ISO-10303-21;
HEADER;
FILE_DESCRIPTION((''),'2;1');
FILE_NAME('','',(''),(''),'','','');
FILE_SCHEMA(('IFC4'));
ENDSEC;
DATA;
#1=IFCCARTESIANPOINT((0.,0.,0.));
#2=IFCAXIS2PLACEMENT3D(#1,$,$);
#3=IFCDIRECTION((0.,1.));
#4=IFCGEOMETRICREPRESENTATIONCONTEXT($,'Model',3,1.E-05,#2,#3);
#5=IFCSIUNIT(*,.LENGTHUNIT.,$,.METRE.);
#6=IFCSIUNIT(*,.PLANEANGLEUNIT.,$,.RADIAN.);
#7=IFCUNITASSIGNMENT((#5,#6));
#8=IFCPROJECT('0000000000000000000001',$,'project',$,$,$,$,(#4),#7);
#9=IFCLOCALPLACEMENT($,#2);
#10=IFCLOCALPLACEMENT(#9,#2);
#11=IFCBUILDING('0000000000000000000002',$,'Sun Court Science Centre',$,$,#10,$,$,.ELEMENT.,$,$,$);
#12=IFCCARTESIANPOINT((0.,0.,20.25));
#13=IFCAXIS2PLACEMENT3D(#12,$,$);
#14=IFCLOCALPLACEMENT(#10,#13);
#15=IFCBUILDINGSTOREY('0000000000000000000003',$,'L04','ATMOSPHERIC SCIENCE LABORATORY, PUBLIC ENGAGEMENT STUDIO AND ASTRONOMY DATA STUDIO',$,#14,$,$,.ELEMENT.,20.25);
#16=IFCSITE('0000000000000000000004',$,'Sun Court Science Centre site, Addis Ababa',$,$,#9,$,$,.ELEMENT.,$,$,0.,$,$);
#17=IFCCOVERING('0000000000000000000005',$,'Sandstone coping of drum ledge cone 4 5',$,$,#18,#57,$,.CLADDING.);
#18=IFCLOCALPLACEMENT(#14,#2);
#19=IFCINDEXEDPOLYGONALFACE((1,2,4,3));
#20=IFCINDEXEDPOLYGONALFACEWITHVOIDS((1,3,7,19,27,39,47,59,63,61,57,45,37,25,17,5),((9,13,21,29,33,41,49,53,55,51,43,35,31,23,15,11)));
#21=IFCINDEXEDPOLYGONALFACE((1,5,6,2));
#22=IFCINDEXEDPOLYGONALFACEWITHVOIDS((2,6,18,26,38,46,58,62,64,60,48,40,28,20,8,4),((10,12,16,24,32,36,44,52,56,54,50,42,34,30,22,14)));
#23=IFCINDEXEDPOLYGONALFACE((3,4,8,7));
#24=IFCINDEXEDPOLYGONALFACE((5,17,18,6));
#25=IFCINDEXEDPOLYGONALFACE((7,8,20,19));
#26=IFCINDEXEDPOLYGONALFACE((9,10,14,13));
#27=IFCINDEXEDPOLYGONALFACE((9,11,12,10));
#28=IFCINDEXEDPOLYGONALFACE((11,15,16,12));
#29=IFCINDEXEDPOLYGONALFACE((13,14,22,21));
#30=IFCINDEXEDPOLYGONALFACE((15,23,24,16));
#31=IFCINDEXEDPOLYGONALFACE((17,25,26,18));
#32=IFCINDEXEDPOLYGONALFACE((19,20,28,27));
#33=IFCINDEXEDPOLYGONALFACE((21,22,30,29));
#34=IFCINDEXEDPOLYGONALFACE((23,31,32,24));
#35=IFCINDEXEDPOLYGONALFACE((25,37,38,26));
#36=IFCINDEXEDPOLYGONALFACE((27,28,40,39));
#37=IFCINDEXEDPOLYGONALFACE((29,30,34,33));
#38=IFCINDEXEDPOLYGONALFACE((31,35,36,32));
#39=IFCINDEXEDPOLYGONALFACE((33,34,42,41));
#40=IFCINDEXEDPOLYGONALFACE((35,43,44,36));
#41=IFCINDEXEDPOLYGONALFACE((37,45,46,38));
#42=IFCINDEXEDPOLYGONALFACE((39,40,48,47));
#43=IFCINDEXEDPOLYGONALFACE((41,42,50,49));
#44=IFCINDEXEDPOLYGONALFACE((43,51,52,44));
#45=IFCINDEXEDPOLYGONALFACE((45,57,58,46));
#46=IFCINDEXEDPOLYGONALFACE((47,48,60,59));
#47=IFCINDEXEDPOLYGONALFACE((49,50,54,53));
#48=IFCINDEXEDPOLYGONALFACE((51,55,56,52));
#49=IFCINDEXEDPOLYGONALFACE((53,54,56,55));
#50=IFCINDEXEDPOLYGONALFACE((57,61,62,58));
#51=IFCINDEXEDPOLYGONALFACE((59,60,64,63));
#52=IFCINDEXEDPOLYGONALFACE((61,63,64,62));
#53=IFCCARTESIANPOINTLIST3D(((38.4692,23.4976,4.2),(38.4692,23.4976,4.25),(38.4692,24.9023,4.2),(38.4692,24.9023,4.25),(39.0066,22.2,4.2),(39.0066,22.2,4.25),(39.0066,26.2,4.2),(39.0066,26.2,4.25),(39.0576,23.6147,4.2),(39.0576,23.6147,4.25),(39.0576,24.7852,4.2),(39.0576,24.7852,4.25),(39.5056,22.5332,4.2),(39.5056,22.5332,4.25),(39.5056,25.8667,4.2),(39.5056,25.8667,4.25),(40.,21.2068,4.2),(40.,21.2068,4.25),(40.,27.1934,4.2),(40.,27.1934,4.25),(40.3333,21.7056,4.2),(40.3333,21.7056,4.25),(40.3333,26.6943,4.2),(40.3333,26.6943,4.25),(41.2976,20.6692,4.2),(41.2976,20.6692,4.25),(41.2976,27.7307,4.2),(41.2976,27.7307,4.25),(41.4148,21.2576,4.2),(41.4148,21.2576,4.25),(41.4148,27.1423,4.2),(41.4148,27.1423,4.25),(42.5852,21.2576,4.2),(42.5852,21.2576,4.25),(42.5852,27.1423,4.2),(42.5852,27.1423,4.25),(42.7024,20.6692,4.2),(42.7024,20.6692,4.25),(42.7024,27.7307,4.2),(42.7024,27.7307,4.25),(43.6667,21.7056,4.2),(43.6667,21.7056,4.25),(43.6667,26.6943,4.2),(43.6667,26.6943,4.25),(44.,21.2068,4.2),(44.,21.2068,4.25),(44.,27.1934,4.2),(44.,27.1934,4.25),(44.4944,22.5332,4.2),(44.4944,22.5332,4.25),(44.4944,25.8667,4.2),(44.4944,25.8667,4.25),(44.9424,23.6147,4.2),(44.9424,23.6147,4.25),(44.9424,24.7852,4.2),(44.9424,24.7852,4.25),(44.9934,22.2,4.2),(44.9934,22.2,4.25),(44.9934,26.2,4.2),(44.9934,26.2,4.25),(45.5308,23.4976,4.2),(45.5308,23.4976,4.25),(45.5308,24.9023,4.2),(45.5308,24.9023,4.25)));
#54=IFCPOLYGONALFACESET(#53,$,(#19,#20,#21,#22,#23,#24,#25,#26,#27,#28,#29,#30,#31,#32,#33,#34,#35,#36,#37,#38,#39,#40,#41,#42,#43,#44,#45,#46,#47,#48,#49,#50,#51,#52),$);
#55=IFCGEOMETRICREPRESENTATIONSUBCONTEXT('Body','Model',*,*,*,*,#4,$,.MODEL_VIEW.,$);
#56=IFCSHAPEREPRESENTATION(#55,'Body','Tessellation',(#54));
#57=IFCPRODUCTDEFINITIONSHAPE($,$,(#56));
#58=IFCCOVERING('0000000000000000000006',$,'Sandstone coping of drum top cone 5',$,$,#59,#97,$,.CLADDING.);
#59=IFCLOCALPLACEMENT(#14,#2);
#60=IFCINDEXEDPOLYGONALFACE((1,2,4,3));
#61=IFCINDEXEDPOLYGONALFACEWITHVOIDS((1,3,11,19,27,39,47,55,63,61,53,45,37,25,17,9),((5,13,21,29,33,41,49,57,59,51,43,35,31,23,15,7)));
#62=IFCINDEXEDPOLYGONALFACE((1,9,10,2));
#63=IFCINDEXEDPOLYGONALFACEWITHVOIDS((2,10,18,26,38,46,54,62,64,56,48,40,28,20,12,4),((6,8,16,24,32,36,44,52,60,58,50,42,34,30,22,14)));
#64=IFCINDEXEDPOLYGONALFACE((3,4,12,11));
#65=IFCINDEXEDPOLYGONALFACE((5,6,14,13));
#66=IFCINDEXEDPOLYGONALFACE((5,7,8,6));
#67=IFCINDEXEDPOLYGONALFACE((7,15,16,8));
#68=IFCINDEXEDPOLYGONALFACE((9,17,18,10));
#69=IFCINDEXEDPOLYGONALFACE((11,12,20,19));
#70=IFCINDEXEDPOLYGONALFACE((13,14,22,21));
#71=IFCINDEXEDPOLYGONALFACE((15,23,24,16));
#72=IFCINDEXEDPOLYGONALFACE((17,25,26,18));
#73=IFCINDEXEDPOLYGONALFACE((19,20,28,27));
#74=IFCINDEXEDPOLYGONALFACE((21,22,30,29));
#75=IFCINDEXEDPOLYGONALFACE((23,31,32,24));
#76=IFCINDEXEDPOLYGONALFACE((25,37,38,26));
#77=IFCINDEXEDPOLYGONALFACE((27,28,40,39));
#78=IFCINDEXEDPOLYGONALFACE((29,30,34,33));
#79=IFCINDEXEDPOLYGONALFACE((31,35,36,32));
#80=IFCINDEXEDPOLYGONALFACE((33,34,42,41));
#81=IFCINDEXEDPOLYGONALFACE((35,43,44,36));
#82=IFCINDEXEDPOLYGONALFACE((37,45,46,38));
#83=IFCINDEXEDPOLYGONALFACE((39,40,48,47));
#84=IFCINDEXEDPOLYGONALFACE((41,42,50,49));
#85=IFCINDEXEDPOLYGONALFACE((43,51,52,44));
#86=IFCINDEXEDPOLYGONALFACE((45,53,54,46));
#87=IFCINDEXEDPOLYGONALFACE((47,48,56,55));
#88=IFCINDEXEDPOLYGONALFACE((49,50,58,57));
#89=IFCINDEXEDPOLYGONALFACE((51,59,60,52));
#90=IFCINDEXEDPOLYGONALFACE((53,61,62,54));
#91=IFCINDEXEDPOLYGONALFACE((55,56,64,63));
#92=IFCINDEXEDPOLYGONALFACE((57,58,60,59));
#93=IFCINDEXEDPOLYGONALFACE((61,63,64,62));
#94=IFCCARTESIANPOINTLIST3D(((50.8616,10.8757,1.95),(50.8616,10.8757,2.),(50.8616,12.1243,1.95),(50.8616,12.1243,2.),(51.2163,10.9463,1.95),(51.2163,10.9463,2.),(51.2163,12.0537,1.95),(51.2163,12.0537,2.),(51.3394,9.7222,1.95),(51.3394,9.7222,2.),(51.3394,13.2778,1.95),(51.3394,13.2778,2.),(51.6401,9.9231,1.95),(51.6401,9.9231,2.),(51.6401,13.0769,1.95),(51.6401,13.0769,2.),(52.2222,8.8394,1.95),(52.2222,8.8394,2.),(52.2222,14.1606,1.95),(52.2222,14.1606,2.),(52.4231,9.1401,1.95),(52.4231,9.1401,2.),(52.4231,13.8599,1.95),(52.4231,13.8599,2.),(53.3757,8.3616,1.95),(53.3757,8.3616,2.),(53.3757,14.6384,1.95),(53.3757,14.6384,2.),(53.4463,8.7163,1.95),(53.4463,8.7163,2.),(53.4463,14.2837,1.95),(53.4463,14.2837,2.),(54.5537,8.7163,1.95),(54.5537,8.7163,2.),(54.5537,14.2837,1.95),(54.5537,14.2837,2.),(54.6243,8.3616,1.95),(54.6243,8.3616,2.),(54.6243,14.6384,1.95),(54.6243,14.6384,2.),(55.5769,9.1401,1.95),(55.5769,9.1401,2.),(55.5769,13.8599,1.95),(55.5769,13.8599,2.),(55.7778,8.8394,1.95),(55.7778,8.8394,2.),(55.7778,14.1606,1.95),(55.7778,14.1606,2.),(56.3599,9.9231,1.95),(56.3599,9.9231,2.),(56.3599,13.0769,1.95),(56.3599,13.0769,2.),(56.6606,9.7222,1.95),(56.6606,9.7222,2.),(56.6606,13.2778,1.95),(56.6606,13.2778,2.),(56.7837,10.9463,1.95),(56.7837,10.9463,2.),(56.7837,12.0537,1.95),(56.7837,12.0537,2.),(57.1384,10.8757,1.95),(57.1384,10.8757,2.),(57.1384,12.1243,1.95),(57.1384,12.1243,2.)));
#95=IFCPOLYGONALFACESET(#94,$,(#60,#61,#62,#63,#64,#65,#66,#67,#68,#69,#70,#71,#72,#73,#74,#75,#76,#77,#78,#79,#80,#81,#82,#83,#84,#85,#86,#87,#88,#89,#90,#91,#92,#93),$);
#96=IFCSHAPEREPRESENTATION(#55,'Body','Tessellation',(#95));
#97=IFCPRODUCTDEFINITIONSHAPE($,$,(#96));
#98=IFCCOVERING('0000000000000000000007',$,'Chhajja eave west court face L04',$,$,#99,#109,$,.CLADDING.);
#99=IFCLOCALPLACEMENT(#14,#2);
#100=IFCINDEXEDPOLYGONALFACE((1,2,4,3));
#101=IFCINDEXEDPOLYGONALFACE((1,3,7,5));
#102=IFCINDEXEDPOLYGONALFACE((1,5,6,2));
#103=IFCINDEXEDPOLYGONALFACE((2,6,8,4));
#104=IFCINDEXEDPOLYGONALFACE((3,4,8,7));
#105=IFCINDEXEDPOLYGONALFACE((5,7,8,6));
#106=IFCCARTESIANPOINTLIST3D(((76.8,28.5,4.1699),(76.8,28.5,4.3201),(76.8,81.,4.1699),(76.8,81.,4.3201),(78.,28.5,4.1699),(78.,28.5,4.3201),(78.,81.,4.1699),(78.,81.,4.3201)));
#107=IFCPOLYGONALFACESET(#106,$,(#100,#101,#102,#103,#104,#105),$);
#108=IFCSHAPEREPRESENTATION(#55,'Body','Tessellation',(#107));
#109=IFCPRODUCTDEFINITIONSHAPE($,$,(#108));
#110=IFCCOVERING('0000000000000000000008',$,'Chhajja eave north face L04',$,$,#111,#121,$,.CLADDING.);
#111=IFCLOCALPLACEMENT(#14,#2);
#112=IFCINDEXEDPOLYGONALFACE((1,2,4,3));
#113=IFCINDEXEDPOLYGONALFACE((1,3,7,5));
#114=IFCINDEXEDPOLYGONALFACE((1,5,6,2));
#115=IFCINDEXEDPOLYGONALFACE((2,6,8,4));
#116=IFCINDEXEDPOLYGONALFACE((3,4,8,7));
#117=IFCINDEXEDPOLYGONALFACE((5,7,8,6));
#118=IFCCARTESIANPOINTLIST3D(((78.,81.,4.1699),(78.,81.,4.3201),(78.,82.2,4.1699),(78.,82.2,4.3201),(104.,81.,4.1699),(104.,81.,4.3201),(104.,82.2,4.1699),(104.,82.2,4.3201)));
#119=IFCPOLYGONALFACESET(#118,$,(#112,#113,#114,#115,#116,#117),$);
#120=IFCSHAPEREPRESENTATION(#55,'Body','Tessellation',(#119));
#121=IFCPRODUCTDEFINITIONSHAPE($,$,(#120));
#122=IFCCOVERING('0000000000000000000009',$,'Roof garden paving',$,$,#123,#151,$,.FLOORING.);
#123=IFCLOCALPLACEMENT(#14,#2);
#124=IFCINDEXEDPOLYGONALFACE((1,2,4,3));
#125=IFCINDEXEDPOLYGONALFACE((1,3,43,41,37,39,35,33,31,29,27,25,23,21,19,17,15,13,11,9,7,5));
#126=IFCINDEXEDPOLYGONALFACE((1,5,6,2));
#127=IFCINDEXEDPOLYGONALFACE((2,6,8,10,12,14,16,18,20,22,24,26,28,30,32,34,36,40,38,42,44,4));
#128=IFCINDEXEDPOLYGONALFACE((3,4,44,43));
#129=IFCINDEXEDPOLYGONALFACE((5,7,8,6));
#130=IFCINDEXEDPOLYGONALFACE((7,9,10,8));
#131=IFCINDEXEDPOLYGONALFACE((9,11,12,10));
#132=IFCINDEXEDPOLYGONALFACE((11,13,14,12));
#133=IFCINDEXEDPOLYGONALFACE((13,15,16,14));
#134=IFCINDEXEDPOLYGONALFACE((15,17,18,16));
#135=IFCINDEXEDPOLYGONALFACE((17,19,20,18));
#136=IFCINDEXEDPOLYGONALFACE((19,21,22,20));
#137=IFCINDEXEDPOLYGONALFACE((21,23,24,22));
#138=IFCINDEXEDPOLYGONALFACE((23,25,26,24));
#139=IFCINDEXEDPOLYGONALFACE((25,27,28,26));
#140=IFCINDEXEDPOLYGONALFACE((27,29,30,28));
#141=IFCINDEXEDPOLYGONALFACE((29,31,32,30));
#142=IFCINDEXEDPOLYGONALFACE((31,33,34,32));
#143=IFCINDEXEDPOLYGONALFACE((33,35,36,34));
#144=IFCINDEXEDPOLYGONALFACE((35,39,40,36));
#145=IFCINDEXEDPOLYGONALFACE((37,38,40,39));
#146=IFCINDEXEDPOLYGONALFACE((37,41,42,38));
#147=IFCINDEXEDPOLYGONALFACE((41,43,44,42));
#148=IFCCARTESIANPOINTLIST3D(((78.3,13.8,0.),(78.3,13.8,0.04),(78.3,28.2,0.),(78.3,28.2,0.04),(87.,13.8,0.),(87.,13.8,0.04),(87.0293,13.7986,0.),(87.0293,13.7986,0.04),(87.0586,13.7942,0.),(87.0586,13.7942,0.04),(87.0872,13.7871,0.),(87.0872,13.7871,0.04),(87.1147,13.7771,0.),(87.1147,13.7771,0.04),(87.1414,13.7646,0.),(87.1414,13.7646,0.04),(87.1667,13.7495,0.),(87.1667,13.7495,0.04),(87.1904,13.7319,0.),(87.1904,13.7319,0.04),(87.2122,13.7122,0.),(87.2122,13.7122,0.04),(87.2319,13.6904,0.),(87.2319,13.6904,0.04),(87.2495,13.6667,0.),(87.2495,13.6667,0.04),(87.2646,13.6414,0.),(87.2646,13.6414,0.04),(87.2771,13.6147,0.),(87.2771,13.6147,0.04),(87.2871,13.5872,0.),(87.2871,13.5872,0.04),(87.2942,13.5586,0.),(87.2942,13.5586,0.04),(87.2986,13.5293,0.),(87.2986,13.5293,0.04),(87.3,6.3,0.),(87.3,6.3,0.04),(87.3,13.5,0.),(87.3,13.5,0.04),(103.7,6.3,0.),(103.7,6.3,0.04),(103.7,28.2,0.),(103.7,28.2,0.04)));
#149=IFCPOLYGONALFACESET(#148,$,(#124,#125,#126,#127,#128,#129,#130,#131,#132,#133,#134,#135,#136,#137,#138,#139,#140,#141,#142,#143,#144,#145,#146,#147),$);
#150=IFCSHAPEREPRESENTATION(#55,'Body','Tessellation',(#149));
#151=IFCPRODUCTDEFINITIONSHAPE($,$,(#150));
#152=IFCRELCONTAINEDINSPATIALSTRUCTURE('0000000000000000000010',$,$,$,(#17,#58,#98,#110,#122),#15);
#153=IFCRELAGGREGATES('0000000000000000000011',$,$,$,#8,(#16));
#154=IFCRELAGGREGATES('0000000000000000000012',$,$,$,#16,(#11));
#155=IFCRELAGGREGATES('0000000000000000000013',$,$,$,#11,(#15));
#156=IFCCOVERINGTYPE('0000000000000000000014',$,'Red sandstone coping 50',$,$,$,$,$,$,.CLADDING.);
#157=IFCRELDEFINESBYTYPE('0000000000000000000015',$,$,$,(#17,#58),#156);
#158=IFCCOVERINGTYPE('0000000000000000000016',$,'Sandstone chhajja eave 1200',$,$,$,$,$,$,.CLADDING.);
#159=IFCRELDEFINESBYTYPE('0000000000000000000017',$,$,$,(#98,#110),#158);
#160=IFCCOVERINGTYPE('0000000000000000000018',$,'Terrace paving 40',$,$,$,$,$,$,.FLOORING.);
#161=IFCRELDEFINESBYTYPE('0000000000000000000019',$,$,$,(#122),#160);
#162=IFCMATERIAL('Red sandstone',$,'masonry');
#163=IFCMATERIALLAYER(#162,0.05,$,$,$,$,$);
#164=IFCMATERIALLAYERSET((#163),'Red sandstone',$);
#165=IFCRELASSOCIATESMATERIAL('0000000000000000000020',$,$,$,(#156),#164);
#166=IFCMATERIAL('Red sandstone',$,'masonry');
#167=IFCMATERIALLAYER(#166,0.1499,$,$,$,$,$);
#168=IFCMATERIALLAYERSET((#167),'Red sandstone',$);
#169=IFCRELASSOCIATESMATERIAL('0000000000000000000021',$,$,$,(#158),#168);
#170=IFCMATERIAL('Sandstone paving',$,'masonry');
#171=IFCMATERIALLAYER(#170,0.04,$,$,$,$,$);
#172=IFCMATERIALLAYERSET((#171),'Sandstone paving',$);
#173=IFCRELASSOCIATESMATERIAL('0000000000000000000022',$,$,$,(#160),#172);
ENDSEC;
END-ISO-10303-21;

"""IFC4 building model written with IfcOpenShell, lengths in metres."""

from ifc_helpers import new_model, si_unit, direction, frame, origin, place, context, subcontext, project, spatial, polyline, outline, extrude, material, layer, layer_set, type_object, element, save


model = new_model("IFC4")

# Units and contexts
model_context = context("Model", 3, precision=1e-05, world=origin(), true_north=direction((0.0, 1.0)))
body_context = subcontext(model_context, "Body", "Model", "MODEL_VIEW")
ifc_project = project(units=[si_unit("LENGTHUNIT", "METRE"), si_unit("PLANEANGLEUNIT", "RADIAN")], contexts=[model_context])

# Site, building, storey
site_placement = place(None, origin())
site = spatial("IfcSite", under=ifc_project, at=site_placement, Name="Sun Court Science Centre site, Addis Ababa", CompositionType="ELEMENT", RefElevation=0.0)
building_placement = place(site_placement, origin())
building = spatial("IfcBuilding", under=site, at=building_placement, Name="Sun Court Science Centre", CompositionType="ELEMENT")
storey_placement = place(building_placement, frame((0.0, 0.0, 20.25)))
storey = spatial("IfcBuildingStorey", under=building, at=storey_placement, Name="L04", Description="ATMOSPHERIC SCIENCE LABORATORY, PUBLIC ENGAGEMENT STUDIO AND ASTRONOMY DATA STUDIO", CompositionType="ELEMENT", Elevation=20.25)

# Coverings
ifc_material_1 = material(Name="Red sandstone", Category="masonry")
ifc_layer_1 = layer(ifc_material_1, 0.05)
ifc_layer_set_1 = layer_set([ifc_layer_1], Name="Red sandstone")
covering_type_1 = type_object("IfcCoveringType", Name="Red sandstone coping 50", PredefinedType="CLADDING", material=ifc_layer_set_1)
covering_1_placement = place(storey_placement, frame((0.0, 0.0, 4.2)))
element("IfcCovering", 1, at=covering_1_placement, inside=storey, type_object=covering_type_1, Name="Sandstone coping of drum ledge cone 4 5", PredefinedType="CLADDING", context=body_context, shape_type="SweptSolid", body=[
    extrude(outline(polyline([(45.5308, 24.9023), (44.9934, 26.2), (44.0, 27.1934), (42.7024, 27.7307), (41.2976, 27.7307), (40.0, 27.1934), (39.0066, 26.2), (38.4692, 24.9023), (38.4692, 23.4976), (39.0066, 22.2), (40.0, 21.2068), (41.2976, 20.6692), (42.7024, 20.6692), (44.0, 21.2068), (44.9934, 22.2), (45.5308, 23.4976), (45.5308, 24.9023)]), holes=[polyline([(44.9424, 24.7852), (44.4944, 25.8667), (43.6667, 26.6943), (42.5852, 27.1423), (41.4148, 27.1423), (40.3333, 26.6943), (39.5056, 25.8667), (39.0576, 24.7852), (39.0576, 23.6147), (39.5056, 22.5332), (40.3333, 21.7056), (41.4148, 21.2576), (42.5852, 21.2576), (43.6667, 21.7056), (44.4944, 22.5332), (44.9424, 23.6147), (44.9424, 24.7852)])]), origin(), (0.0, 0.0, 1.0), 0.05),
])
covering_2_placement = place(storey_placement, frame((0.0, 0.0, 1.95)))
element("IfcCovering", 2, at=covering_2_placement, inside=storey, type_object=covering_type_1, Name="Sandstone coping of drum top cone 5", PredefinedType="CLADDING", context=body_context, shape_type="SweptSolid", body=[
    extrude(outline(polyline([(57.1384, 12.1243), (56.6606, 13.2778), (55.7778, 14.1606), (54.6243, 14.6384), (53.3757, 14.6384), (52.2222, 14.1606), (51.3394, 13.2778), (50.8616, 12.1243), (50.8616, 10.8757), (51.3394, 9.7222), (52.2222, 8.8394), (53.3757, 8.3616), (54.6243, 8.3616), (55.7778, 8.8394), (56.6606, 9.7222), (57.1384, 10.8757), (57.1384, 12.1243)]), holes=[polyline([(56.7837, 12.0537), (56.3599, 13.0769), (55.5769, 13.8599), (54.5537, 14.2837), (53.4463, 14.2837), (52.4231, 13.8599), (51.6401, 13.0769), (51.2163, 12.0537), (51.2163, 10.9463), (51.6401, 9.9231), (52.4231, 9.1401), (53.4463, 8.7163), (54.5537, 8.7163), (55.5769, 9.1401), (56.3599, 9.9231), (56.7837, 10.9463), (56.7837, 12.0537)])]), origin(), (0.0, 0.0, 1.0), 0.05),
])
ifc_material_2 = material(Name="Red sandstone", Category="masonry")
ifc_layer_2 = layer(ifc_material_2, 0.1499)
ifc_layer_set_2 = layer_set([ifc_layer_2], Name="Red sandstone")
covering_type_2 = type_object("IfcCoveringType", Name="Sandstone chhajja eave 1200", PredefinedType="CLADDING", material=ifc_layer_set_2)
covering_3_placement = place(storey_placement, frame((0.0, 0.0, 4.1699)))
element("IfcCovering", 3, at=covering_3_placement, inside=storey, type_object=covering_type_2, Name="Chhajja eave west court face L04", PredefinedType="CLADDING", context=body_context, shape_type="SweptSolid", body=[
    extrude(outline(polyline([(76.8, 28.5), (78.0, 28.5), (78.0, 81.0), (76.8, 81.0), (76.8, 28.5)])), origin(), (0.0, 0.0, 1.0), 0.1501),
])
covering_4_placement = place(storey_placement, frame((0.0, 0.0, 4.1699)))
element("IfcCovering", 4, at=covering_4_placement, inside=storey, type_object=covering_type_2, Name="Chhajja eave north face L04", PredefinedType="CLADDING", context=body_context, shape_type="SweptSolid", body=[
    extrude(outline(polyline([(78.0, 81.0), (104.0, 81.0), (104.0, 82.2), (78.0, 82.2), (78.0, 81.0)])), origin(), (0.0, 0.0, 1.0), 0.1501),
])
ifc_material_3 = material(Name="Sandstone paving", Category="masonry")
ifc_layer_3 = layer(ifc_material_3, 0.04)
ifc_layer_set_3 = layer_set([ifc_layer_3], Name="Sandstone paving")
covering_type_3 = type_object("IfcCoveringType", Name="Terrace paving 40", PredefinedType="FLOORING", material=ifc_layer_set_3)
covering_5_placement = place(storey_placement, origin())
element("IfcCovering", 5, at=covering_5_placement, inside=storey, type_object=covering_type_3, Name="Roof garden paving", PredefinedType="FLOORING", context=body_context, shape_type="SweptSolid", body=[
    extrude(outline(polyline([(87.3, 6.3), (87.3, 13.5), (87.2986, 13.5293), (87.2942, 13.5586), (87.2871, 13.5872), (87.2771, 13.6147), (87.2646, 13.6414), (87.2495, 13.6667), (87.2319, 13.6904), (87.2122, 13.7122), (87.1904, 13.7319), (87.1667, 13.7495), (87.1414, 13.7646), (87.1147, 13.7771), (87.0872, 13.7871), (87.0586, 13.7942), (87.0293, 13.7986), (87.0, 13.8), (78.3, 13.8), (78.3, 28.2), (103.7, 28.2), (103.7, 6.3), (87.3, 6.3)])), origin(), (0.0, 0.0, 1.0), 0.04),
])

save(model, "model.ifc")
